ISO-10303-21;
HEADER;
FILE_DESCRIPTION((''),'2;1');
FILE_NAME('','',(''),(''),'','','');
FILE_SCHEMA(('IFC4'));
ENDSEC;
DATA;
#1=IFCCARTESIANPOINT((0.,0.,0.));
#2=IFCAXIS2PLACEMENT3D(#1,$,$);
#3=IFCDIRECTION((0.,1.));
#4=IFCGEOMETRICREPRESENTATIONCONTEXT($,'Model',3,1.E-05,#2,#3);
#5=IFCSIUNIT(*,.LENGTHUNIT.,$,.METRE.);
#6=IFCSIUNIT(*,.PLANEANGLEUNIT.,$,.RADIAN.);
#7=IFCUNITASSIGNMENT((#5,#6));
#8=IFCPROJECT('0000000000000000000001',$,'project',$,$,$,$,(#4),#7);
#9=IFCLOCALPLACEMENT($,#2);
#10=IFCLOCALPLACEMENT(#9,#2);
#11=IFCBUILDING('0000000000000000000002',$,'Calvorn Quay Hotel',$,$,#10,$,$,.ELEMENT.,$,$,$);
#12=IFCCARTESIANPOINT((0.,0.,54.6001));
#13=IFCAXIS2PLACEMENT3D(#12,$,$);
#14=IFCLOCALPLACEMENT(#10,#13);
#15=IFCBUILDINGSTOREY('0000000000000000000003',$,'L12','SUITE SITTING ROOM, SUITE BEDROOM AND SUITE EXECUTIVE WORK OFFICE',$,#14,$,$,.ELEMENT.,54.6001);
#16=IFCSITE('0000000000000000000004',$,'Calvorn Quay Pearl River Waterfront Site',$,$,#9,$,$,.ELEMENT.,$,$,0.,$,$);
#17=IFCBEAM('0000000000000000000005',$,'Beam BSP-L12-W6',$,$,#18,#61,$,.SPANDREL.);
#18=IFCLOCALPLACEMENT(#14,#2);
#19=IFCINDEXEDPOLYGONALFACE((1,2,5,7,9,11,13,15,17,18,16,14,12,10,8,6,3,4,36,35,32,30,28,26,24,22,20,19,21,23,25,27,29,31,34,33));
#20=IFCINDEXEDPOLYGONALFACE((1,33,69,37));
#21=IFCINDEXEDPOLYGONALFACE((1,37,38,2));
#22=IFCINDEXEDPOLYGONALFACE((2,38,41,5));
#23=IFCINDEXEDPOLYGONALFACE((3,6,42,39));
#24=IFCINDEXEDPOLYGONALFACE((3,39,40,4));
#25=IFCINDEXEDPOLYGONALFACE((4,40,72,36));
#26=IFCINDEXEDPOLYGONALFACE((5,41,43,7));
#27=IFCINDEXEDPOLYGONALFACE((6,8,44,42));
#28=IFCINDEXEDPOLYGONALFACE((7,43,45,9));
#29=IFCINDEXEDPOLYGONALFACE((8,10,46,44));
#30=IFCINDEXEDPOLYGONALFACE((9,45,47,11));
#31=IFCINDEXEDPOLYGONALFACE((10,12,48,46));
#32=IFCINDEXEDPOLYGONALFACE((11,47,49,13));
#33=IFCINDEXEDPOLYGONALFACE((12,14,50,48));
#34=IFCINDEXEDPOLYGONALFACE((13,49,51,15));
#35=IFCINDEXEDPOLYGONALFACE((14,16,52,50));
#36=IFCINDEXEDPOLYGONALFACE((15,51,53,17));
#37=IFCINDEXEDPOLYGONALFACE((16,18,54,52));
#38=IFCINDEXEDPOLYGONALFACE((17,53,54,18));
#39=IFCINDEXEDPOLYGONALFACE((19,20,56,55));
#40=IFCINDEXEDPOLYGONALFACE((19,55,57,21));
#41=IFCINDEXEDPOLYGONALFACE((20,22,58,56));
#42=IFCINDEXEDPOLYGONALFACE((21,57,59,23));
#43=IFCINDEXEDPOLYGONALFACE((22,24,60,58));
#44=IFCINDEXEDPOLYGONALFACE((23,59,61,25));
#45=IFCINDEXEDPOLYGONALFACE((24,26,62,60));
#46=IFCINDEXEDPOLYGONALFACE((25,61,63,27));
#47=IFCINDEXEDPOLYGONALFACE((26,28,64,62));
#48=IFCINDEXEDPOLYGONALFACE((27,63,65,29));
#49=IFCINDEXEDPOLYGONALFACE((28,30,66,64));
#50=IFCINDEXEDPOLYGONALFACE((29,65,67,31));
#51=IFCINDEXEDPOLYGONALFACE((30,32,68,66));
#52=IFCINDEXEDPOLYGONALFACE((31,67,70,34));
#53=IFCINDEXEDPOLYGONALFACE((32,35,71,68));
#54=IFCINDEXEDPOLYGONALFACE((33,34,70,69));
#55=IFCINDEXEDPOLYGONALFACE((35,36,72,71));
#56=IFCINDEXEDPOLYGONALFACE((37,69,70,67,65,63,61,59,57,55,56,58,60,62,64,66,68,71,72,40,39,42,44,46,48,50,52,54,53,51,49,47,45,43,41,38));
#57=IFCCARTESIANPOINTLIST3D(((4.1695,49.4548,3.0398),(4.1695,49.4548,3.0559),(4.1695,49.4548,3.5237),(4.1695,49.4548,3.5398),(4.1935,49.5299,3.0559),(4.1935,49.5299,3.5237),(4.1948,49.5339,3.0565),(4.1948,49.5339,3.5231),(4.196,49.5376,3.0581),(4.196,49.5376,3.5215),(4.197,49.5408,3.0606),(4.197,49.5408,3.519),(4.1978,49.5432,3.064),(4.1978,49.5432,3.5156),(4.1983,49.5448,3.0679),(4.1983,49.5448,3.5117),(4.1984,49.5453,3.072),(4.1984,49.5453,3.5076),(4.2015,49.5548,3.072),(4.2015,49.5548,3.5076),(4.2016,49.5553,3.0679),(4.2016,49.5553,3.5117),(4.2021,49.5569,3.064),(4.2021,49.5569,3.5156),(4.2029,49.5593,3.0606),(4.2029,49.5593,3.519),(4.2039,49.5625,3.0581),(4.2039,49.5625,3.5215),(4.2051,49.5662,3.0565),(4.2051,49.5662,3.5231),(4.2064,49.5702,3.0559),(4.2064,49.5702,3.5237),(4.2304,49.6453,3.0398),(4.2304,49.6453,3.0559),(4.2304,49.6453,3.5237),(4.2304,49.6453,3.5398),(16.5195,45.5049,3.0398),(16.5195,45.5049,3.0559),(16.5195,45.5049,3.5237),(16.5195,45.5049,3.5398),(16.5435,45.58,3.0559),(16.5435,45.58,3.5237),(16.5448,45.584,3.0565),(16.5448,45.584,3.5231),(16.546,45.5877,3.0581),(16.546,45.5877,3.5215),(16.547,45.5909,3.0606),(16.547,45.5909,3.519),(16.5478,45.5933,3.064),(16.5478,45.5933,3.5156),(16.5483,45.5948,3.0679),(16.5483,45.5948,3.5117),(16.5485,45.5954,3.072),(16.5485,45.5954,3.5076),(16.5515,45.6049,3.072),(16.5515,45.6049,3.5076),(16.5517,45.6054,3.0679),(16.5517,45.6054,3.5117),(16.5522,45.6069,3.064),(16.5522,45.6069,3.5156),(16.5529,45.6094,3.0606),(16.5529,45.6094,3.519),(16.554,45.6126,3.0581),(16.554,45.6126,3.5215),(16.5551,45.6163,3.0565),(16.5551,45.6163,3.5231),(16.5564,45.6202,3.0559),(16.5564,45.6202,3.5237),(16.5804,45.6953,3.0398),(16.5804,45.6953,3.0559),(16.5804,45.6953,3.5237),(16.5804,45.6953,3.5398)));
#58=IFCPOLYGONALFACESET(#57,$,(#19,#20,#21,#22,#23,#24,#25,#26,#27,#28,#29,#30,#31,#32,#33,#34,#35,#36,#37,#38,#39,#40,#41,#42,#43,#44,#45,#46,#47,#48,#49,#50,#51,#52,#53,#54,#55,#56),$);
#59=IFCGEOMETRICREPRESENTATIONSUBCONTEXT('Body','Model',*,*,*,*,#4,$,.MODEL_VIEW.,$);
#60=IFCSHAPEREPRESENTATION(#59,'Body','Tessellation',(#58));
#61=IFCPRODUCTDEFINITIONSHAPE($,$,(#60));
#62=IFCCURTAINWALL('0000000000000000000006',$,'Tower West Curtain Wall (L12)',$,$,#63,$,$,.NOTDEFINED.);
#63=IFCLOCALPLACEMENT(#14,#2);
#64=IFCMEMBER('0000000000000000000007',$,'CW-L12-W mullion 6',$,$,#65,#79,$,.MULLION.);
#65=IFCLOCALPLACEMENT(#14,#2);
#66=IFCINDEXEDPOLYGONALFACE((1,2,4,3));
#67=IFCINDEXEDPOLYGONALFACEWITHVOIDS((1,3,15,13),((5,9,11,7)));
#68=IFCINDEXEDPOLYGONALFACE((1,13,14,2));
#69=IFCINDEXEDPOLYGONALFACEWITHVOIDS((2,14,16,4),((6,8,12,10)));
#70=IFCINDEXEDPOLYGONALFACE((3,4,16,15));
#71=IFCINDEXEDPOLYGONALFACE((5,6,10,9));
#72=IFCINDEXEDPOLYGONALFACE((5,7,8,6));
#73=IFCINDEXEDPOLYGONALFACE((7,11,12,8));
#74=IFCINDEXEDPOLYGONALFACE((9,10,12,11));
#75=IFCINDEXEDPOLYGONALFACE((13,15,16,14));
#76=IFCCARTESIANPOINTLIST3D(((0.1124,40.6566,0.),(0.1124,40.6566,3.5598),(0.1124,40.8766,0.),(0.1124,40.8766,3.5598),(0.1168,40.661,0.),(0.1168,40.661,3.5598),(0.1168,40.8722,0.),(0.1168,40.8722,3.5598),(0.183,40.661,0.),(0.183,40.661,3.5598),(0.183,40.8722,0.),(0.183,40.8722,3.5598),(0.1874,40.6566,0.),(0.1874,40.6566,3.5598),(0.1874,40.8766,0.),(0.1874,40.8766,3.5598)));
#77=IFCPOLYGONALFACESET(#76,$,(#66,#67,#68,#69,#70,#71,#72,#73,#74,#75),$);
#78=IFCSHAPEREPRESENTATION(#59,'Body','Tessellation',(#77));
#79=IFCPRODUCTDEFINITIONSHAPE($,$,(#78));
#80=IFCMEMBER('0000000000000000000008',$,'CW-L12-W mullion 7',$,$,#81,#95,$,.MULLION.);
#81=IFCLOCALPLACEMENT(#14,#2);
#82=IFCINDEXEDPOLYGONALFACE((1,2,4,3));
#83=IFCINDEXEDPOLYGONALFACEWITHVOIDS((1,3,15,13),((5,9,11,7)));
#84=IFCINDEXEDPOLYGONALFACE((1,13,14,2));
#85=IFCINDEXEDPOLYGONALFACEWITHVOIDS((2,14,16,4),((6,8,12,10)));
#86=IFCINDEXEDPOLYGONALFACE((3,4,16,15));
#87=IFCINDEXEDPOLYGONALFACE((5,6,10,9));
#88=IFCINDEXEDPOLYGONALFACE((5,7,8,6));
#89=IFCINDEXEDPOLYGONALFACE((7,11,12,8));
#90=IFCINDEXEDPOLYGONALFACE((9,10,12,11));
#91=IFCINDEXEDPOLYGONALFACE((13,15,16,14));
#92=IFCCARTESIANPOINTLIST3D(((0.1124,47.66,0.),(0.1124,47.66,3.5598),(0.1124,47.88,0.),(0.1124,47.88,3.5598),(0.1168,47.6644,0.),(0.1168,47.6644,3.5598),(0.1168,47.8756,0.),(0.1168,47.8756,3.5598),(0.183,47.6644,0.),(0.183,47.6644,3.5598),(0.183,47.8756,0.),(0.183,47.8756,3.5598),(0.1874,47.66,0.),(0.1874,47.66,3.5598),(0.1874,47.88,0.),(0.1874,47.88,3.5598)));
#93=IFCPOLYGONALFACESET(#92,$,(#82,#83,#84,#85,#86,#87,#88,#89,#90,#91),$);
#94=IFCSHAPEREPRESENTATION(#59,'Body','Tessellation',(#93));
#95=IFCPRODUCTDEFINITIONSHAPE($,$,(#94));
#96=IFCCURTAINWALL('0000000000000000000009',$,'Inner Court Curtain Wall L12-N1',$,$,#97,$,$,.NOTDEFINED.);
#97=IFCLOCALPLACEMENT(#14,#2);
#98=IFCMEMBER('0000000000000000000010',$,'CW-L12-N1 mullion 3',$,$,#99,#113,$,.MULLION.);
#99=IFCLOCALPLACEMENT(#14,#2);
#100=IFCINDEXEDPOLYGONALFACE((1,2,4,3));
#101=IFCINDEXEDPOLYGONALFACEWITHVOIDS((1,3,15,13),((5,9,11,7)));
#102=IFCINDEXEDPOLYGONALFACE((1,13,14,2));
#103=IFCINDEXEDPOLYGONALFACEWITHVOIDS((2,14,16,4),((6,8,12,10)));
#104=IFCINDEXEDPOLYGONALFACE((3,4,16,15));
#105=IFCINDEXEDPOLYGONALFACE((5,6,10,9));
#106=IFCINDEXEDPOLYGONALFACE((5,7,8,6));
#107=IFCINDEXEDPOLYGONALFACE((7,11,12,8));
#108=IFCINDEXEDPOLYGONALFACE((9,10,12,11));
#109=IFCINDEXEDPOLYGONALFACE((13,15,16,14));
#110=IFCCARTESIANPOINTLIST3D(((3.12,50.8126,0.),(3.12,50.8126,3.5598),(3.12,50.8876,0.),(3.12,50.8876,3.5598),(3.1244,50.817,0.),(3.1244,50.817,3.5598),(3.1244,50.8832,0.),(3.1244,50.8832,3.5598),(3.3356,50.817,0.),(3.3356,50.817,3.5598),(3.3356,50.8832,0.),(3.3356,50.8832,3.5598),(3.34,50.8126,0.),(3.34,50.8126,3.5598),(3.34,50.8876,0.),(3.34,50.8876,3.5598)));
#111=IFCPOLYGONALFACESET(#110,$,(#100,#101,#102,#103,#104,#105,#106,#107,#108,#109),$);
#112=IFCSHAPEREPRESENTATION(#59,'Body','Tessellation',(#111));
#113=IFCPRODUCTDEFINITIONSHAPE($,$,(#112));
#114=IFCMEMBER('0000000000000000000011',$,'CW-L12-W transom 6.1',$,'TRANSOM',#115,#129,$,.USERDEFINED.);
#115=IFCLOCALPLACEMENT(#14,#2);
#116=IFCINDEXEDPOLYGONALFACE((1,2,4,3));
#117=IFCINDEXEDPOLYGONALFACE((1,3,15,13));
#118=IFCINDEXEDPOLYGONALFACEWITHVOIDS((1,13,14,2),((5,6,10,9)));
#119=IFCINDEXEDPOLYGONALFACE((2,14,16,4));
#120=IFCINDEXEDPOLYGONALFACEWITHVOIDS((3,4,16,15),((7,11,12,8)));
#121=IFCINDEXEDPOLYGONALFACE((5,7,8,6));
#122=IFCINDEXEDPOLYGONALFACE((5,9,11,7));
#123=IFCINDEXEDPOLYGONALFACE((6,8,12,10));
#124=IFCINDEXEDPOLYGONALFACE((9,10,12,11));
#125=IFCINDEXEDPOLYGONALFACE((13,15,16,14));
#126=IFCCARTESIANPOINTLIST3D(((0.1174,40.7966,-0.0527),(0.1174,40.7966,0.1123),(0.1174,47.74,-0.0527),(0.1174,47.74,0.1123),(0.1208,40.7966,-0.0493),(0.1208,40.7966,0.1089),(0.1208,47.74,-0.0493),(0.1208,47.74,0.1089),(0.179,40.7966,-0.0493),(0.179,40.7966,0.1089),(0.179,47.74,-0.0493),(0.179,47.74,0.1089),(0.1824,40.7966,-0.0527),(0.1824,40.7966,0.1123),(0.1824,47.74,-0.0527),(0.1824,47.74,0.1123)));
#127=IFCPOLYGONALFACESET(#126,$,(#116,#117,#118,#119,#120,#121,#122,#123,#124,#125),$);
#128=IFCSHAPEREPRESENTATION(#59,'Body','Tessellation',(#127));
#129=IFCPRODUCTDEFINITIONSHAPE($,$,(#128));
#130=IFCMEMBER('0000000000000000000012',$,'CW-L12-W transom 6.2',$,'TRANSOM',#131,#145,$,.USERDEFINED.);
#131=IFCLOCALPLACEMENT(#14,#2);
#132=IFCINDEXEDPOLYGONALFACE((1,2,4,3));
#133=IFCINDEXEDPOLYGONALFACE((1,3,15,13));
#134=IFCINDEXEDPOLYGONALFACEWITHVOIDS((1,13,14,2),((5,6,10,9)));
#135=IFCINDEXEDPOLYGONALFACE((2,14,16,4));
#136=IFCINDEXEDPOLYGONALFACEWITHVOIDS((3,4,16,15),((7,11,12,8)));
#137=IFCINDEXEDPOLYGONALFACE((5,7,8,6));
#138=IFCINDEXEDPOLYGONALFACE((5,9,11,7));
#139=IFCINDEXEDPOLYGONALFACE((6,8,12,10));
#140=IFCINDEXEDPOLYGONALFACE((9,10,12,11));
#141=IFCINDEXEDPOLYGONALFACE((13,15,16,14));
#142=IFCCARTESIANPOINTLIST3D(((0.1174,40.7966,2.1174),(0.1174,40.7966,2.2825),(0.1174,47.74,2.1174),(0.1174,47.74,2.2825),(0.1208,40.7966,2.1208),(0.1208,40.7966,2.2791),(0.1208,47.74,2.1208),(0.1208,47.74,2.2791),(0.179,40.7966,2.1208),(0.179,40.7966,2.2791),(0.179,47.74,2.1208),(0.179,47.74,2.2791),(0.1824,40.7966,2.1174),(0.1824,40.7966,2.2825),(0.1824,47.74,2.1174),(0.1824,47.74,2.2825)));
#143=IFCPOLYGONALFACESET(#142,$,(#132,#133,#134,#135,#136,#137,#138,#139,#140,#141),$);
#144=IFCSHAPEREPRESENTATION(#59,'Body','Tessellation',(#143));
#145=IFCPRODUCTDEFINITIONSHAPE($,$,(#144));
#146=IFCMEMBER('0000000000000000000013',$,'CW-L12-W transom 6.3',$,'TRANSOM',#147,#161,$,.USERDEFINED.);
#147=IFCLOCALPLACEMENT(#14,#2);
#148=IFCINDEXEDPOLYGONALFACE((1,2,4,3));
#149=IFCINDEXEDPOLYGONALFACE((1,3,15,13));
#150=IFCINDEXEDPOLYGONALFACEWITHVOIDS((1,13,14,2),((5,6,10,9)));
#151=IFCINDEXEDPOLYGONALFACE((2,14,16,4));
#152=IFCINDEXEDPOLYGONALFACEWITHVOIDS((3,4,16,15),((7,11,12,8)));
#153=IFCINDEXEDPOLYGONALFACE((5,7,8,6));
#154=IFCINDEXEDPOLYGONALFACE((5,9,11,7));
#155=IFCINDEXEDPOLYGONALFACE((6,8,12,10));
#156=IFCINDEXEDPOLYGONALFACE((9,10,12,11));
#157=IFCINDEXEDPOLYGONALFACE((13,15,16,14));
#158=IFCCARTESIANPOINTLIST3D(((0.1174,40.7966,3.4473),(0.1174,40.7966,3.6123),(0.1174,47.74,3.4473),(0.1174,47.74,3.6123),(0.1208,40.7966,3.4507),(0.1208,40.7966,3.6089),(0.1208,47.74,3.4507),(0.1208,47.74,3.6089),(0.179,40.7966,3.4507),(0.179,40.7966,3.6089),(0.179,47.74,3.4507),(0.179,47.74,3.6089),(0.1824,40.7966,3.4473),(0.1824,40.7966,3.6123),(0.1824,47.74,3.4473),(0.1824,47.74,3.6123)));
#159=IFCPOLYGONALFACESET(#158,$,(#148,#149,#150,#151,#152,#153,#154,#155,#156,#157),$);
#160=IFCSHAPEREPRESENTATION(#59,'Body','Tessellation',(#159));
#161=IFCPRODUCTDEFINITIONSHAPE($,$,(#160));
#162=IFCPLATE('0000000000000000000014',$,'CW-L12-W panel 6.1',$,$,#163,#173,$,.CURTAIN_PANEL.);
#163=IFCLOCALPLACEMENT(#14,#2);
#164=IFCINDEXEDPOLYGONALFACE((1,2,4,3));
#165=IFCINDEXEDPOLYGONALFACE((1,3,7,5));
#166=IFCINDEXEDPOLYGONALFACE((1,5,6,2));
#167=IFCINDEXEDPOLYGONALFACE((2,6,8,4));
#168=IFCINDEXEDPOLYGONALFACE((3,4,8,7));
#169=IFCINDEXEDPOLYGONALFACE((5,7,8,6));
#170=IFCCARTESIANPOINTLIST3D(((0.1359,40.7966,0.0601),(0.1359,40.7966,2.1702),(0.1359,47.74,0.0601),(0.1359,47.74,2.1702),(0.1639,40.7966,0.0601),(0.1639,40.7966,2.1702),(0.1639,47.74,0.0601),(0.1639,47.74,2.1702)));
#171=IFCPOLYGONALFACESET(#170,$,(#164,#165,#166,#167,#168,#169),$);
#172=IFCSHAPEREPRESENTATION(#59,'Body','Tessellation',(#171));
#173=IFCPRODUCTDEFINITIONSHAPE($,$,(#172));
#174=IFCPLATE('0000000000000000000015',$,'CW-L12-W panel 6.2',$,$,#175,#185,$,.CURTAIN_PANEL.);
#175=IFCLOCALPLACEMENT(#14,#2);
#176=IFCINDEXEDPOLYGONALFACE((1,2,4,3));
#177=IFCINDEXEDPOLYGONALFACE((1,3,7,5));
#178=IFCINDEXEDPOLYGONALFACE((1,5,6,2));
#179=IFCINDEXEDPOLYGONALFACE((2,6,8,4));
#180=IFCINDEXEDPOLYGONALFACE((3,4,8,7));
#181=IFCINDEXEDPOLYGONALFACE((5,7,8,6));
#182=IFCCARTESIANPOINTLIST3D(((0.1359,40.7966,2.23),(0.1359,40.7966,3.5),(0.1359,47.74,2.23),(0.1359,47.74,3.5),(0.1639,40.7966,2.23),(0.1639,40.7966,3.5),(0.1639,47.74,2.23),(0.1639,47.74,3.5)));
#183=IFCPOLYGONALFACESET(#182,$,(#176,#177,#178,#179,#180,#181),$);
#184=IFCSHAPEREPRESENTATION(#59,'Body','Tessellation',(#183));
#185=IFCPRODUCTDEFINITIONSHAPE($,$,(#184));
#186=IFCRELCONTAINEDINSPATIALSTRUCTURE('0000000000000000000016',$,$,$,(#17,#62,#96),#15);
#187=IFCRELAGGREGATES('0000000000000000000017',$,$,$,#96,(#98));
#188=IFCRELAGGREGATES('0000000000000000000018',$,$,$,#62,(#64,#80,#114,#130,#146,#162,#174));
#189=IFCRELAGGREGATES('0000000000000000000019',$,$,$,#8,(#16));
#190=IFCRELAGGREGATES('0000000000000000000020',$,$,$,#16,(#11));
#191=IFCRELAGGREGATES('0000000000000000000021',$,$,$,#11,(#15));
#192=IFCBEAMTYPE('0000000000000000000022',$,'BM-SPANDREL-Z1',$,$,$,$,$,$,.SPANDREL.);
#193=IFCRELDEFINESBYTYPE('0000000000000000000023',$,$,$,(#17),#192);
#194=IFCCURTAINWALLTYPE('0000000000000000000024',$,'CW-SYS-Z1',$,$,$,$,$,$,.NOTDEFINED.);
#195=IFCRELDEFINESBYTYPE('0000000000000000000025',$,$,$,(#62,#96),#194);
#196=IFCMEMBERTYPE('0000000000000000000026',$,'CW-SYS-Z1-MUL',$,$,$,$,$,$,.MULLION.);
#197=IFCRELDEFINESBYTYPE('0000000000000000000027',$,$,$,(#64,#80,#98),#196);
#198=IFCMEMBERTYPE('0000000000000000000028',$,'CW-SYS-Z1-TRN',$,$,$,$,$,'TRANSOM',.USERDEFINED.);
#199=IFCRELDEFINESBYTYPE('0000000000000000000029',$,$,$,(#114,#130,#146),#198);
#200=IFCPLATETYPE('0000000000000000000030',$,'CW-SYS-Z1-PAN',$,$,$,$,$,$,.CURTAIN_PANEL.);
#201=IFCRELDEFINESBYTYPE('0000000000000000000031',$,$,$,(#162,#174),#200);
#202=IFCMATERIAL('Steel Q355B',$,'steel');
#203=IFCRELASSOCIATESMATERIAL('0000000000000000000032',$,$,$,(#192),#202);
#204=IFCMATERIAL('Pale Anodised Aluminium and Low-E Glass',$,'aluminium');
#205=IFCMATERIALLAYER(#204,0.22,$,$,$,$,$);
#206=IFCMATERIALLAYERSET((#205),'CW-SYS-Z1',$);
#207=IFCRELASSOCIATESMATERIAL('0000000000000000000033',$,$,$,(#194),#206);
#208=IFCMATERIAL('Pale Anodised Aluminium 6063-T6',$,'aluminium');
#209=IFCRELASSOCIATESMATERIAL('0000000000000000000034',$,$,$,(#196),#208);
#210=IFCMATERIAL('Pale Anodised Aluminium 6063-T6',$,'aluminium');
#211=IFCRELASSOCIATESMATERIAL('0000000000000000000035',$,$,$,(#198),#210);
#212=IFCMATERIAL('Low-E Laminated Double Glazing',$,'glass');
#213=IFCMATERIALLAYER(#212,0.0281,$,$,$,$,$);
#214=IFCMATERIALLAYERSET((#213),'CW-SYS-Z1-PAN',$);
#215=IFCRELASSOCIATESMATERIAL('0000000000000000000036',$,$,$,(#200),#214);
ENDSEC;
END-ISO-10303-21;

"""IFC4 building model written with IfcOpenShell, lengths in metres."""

from ifc_helpers import new_model, si_unit, direction, frame, origin, origin_2d, place, context, subcontext, project, spatial, rectangle, hollow_rectangle, i_section, extrude, material, layer, layer_set, material_profile, profile_set, type_object, element, aggregate, save


model = new_model("IFC4")

# Units and contexts
model_context = context("Model", 3, precision=1e-05, world=origin(), true_north=direction((0.0, 1.0)))
body_context = subcontext(model_context, "Body", "Model", "MODEL_VIEW")
ifc_project = project(units=[si_unit("LENGTHUNIT", "METRE"), si_unit("PLANEANGLEUNIT", "RADIAN")], contexts=[model_context])

# Site, building, storey
site_placement = place(None, origin())
site = spatial("IfcSite", under=ifc_project, at=site_placement, Name="Calvorn Quay Pearl River Waterfront Site", CompositionType="ELEMENT", RefElevation=0.0)
building_placement = place(site_placement, origin())
building = spatial("IfcBuilding", under=site, at=building_placement, Name="Calvorn Quay Hotel", CompositionType="ELEMENT")
storey_placement = place(building_placement, frame((0.0, 0.0, 54.6001)))
storey = spatial("IfcBuildingStorey", under=building, at=storey_placement, Name="L12", Description="SUITE SITTING ROOM, SUITE BEDROOM AND SUITE EXECUTIVE WORK OFFICE", CompositionType="ELEMENT", Elevation=54.6001)

# Beam
ifc_material_1 = material(Name="Steel Q355B", Category="steel")
ifc_material_profile_1 = material_profile(ifc_material_1, i_section(OverallWidth=0.2, OverallDepth=0.5, WebThickness=0.01, FlangeThickness=0.0161, FilletRadius=0.0161, at=origin_2d()), Name="HN500x200x10x16")
ifc_profile_set_1 = profile_set([ifc_material_profile_1], Name="Steel Q355B")
beam_type_1 = type_object("IfcBeamType", Name="BM-SPANDREL-Z1", PredefinedType="SPANDREL", material=ifc_profile_set_1)
beam_1_placement = place(storey_placement, frame((4.2, 49.55, 3.2898), z_axis=(0.952471, -0.30463, 0.0), x_axis=(0.30463, 0.952471, 0.0)))
element("IfcBeam", 1, at=beam_1_placement, inside=storey, type_object=beam_type_1, Name="Beam BSP-L12-W6", PredefinedType="SPANDREL", context=body_context, shape_type="SweptSolid", body=[
    extrude(i_section(OverallWidth=0.2, OverallDepth=0.5, WebThickness=0.01, FlangeThickness=0.0161, FilletRadius=0.0161, at=origin_2d()), origin(), (0.0, 0.0, 1.0), 12.9663),
])

# Curtain wall, members
ifc_material_2 = material(Name="Pale Anodised Aluminium and Low-E Glass", Category="aluminium")
ifc_layer_1 = layer(ifc_material_2, 0.22)
ifc_layer_set_1 = layer_set([ifc_layer_1], Name="CW-SYS-Z1")
curtain_wall_type = type_object("IfcCurtainWallType", Name="CW-SYS-Z1", PredefinedType="NOTDEFINED", material=ifc_layer_set_1)
curtain_wall_1_placement = place(storey_placement, origin())
curtain_wall_1 = element("IfcCurtainWall", 2, at=curtain_wall_1_placement, inside=storey, type_object=curtain_wall_type, Name="Tower West Curtain Wall (L12)", PredefinedType="NOTDEFINED")
ifc_material_3 = material(Name="Pale Anodised Aluminium 6063-T6", Category="aluminium")
ifc_material_profile_2 = material_profile(ifc_material_3, hollow_rectangle(XDim=0.075, YDim=0.22, WallThickness=0.0044, at=origin_2d()), Name="ALU-M220x75x4.5")
ifc_profile_set_2 = profile_set([ifc_material_profile_2], Name="Pale Anodised Aluminium 6063-T6")
member_type_1 = type_object("IfcMemberType", Name="CW-SYS-Z1-MUL", PredefinedType="MULLION", material=ifc_profile_set_2)
member_1_placement = place(storey_placement, frame((0.1499, 40.7666, 0.0), z_axis=(0.0, 0.0, 1.0), x_axis=(-1.0, 0.0, 0.0)))
member_1 = element("IfcMember", 3, at=member_1_placement, type_object=member_type_1, Name="CW-L12-W mullion 6", PredefinedType="MULLION", context=body_context, shape_type="SweptSolid", body=[
    extrude(hollow_rectangle(XDim=0.075, YDim=0.22, WallThickness=0.0044, at=origin_2d()), origin(), (0.0, 0.0, 1.0), 3.5598),
])
member_2_placement = place(storey_placement, frame((0.1499, 47.77, 0.0), z_axis=(0.0, 0.0, 1.0), x_axis=(-1.0, 0.0, 0.0)))
member_2 = element("IfcMember", 4, at=member_2_placement, type_object=member_type_1, Name="CW-L12-W mullion 7", PredefinedType="MULLION", context=body_context, shape_type="SweptSolid", body=[
    extrude(hollow_rectangle(XDim=0.075, YDim=0.22, WallThickness=0.0044, at=origin_2d()), origin(), (0.0, 0.0, 1.0), 3.5598),
])

# Curtain wall, member
curtain_wall_2_placement = place(storey_placement, origin())
curtain_wall_2 = element("IfcCurtainWall", 5, at=curtain_wall_2_placement, inside=storey, type_object=curtain_wall_type, Name="Inner Court Curtain Wall L12-N1", PredefinedType="NOTDEFINED")
member_3_placement = place(storey_placement, frame((3.23, 50.8501, 0.0), z_axis=(0.0, 0.0, 1.0), x_axis=(0.0, -1.0, 0.0)))
member_3 = element("IfcMember", 6, at=member_3_placement, type_object=member_type_1, Name="CW-L12-N1 mullion 3", PredefinedType="MULLION", context=body_context, shape_type="SweptSolid", body=[
    extrude(hollow_rectangle(XDim=0.075, YDim=0.22, WallThickness=0.0044, at=origin_2d()), origin(), (0.0, 0.0, 1.0), 3.5598),
])
aggregate(curtain_wall_2, [member_3])

# Members
ifc_material_4 = material(Name="Pale Anodised Aluminium 6063-T6", Category="aluminium")
ifc_material_profile_3 = material_profile(ifc_material_4, hollow_rectangle(XDim=0.0649, YDim=0.165, WallThickness=0.0034, at=origin_2d()), Name="ALU-T165x65x3.5")
ifc_profile_set_3 = profile_set([ifc_material_profile_3], Name="Pale Anodised Aluminium 6063-T6")
member_type_2 = type_object("IfcMemberType", Name="CW-SYS-Z1-TRN", ElementType="TRANSOM", PredefinedType="USERDEFINED", material=ifc_profile_set_3)
member_4_placement = place(storey_placement, frame((0.1499, 40.7966, 0.0298), z_axis=(0.0, 1.0, 0.0), x_axis=(-1.0, 0.0, 0.0)))
member_4 = element("IfcMember", 7, at=member_4_placement, type_object=member_type_2, Name="CW-L12-W transom 6.1", ObjectType="TRANSOM", PredefinedType="USERDEFINED", context=body_context, shape_type="SweptSolid", body=[
    extrude(hollow_rectangle(XDim=0.0649, YDim=0.165, WallThickness=0.0034, at=origin_2d()), origin(), (0.0, 0.0, 1.0), 6.9434),
])
member_5_placement = place(storey_placement, frame((0.1499, 40.7966, 2.2), z_axis=(0.0, 1.0, 0.0), x_axis=(-1.0, 0.0, 0.0)))
member_5 = element("IfcMember", 8, at=member_5_placement, type_object=member_type_2, Name="CW-L12-W transom 6.2", ObjectType="TRANSOM", PredefinedType="USERDEFINED", context=body_context, shape_type="SweptSolid", body=[
    extrude(hollow_rectangle(XDim=0.0649, YDim=0.165, WallThickness=0.0034, at=origin_2d()), origin(), (0.0, 0.0, 1.0), 6.9434),
])
member_6_placement = place(storey_placement, frame((0.1499, 40.7966, 3.5298), z_axis=(0.0, 1.0, 0.0), x_axis=(-1.0, 0.0, 0.0)))
member_6 = element("IfcMember", 9, at=member_6_placement, type_object=member_type_2, Name="CW-L12-W transom 6.3", ObjectType="TRANSOM", PredefinedType="USERDEFINED", context=body_context, shape_type="SweptSolid", body=[
    extrude(hollow_rectangle(XDim=0.0649, YDim=0.165, WallThickness=0.0034, at=origin_2d()), origin(), (0.0, 0.0, 1.0), 6.9434),
])

# Plates
ifc_material_5 = material(Name="Low-E Laminated Double Glazing", Category="glass")
ifc_layer_2 = layer(ifc_material_5, 0.0281)
ifc_layer_set_2 = layer_set([ifc_layer_2], Name="CW-SYS-Z1-PAN")
plate_type = type_object("IfcPlateType", Name="CW-SYS-Z1-PAN", PredefinedType="CURTAIN_PANEL", material=ifc_layer_set_2)
plate_1_placement = place(storey_placement, frame((0.1499, 44.2683, 0.0601), z_axis=(0.0, 0.0, 1.0), x_axis=(0.0, 1.0, 0.0)))
plate_1 = element("IfcPlate", 10, at=plate_1_placement, type_object=plate_type, Name="CW-L12-W panel 6.1", PredefinedType="CURTAIN_PANEL", context=body_context, shape_type="SweptSolid", body=[
    extrude(rectangle(XDim=6.9434, YDim=0.0281, at=origin_2d()), origin(), (0.0, 0.0, 1.0), 2.1101),
])
plate_2_placement = place(storey_placement, frame((0.1499, 44.2683, 2.23), z_axis=(0.0, 0.0, 1.0), x_axis=(0.0, 1.0, 0.0)))
plate_2 = element("IfcPlate", 11, at=plate_2_placement, type_object=plate_type, Name="CW-L12-W panel 6.2", PredefinedType="CURTAIN_PANEL", context=body_context, shape_type="SweptSolid", body=[
    extrude(rectangle(XDim=6.9434, YDim=0.0281, at=origin_2d()), origin(), (0.0, 0.0, 1.0), 1.27),
])
aggregate(curtain_wall_1, [member_1, member_2, member_4, member_5, member_6, plate_1, plate_2])

save(model, "model.ifc")
